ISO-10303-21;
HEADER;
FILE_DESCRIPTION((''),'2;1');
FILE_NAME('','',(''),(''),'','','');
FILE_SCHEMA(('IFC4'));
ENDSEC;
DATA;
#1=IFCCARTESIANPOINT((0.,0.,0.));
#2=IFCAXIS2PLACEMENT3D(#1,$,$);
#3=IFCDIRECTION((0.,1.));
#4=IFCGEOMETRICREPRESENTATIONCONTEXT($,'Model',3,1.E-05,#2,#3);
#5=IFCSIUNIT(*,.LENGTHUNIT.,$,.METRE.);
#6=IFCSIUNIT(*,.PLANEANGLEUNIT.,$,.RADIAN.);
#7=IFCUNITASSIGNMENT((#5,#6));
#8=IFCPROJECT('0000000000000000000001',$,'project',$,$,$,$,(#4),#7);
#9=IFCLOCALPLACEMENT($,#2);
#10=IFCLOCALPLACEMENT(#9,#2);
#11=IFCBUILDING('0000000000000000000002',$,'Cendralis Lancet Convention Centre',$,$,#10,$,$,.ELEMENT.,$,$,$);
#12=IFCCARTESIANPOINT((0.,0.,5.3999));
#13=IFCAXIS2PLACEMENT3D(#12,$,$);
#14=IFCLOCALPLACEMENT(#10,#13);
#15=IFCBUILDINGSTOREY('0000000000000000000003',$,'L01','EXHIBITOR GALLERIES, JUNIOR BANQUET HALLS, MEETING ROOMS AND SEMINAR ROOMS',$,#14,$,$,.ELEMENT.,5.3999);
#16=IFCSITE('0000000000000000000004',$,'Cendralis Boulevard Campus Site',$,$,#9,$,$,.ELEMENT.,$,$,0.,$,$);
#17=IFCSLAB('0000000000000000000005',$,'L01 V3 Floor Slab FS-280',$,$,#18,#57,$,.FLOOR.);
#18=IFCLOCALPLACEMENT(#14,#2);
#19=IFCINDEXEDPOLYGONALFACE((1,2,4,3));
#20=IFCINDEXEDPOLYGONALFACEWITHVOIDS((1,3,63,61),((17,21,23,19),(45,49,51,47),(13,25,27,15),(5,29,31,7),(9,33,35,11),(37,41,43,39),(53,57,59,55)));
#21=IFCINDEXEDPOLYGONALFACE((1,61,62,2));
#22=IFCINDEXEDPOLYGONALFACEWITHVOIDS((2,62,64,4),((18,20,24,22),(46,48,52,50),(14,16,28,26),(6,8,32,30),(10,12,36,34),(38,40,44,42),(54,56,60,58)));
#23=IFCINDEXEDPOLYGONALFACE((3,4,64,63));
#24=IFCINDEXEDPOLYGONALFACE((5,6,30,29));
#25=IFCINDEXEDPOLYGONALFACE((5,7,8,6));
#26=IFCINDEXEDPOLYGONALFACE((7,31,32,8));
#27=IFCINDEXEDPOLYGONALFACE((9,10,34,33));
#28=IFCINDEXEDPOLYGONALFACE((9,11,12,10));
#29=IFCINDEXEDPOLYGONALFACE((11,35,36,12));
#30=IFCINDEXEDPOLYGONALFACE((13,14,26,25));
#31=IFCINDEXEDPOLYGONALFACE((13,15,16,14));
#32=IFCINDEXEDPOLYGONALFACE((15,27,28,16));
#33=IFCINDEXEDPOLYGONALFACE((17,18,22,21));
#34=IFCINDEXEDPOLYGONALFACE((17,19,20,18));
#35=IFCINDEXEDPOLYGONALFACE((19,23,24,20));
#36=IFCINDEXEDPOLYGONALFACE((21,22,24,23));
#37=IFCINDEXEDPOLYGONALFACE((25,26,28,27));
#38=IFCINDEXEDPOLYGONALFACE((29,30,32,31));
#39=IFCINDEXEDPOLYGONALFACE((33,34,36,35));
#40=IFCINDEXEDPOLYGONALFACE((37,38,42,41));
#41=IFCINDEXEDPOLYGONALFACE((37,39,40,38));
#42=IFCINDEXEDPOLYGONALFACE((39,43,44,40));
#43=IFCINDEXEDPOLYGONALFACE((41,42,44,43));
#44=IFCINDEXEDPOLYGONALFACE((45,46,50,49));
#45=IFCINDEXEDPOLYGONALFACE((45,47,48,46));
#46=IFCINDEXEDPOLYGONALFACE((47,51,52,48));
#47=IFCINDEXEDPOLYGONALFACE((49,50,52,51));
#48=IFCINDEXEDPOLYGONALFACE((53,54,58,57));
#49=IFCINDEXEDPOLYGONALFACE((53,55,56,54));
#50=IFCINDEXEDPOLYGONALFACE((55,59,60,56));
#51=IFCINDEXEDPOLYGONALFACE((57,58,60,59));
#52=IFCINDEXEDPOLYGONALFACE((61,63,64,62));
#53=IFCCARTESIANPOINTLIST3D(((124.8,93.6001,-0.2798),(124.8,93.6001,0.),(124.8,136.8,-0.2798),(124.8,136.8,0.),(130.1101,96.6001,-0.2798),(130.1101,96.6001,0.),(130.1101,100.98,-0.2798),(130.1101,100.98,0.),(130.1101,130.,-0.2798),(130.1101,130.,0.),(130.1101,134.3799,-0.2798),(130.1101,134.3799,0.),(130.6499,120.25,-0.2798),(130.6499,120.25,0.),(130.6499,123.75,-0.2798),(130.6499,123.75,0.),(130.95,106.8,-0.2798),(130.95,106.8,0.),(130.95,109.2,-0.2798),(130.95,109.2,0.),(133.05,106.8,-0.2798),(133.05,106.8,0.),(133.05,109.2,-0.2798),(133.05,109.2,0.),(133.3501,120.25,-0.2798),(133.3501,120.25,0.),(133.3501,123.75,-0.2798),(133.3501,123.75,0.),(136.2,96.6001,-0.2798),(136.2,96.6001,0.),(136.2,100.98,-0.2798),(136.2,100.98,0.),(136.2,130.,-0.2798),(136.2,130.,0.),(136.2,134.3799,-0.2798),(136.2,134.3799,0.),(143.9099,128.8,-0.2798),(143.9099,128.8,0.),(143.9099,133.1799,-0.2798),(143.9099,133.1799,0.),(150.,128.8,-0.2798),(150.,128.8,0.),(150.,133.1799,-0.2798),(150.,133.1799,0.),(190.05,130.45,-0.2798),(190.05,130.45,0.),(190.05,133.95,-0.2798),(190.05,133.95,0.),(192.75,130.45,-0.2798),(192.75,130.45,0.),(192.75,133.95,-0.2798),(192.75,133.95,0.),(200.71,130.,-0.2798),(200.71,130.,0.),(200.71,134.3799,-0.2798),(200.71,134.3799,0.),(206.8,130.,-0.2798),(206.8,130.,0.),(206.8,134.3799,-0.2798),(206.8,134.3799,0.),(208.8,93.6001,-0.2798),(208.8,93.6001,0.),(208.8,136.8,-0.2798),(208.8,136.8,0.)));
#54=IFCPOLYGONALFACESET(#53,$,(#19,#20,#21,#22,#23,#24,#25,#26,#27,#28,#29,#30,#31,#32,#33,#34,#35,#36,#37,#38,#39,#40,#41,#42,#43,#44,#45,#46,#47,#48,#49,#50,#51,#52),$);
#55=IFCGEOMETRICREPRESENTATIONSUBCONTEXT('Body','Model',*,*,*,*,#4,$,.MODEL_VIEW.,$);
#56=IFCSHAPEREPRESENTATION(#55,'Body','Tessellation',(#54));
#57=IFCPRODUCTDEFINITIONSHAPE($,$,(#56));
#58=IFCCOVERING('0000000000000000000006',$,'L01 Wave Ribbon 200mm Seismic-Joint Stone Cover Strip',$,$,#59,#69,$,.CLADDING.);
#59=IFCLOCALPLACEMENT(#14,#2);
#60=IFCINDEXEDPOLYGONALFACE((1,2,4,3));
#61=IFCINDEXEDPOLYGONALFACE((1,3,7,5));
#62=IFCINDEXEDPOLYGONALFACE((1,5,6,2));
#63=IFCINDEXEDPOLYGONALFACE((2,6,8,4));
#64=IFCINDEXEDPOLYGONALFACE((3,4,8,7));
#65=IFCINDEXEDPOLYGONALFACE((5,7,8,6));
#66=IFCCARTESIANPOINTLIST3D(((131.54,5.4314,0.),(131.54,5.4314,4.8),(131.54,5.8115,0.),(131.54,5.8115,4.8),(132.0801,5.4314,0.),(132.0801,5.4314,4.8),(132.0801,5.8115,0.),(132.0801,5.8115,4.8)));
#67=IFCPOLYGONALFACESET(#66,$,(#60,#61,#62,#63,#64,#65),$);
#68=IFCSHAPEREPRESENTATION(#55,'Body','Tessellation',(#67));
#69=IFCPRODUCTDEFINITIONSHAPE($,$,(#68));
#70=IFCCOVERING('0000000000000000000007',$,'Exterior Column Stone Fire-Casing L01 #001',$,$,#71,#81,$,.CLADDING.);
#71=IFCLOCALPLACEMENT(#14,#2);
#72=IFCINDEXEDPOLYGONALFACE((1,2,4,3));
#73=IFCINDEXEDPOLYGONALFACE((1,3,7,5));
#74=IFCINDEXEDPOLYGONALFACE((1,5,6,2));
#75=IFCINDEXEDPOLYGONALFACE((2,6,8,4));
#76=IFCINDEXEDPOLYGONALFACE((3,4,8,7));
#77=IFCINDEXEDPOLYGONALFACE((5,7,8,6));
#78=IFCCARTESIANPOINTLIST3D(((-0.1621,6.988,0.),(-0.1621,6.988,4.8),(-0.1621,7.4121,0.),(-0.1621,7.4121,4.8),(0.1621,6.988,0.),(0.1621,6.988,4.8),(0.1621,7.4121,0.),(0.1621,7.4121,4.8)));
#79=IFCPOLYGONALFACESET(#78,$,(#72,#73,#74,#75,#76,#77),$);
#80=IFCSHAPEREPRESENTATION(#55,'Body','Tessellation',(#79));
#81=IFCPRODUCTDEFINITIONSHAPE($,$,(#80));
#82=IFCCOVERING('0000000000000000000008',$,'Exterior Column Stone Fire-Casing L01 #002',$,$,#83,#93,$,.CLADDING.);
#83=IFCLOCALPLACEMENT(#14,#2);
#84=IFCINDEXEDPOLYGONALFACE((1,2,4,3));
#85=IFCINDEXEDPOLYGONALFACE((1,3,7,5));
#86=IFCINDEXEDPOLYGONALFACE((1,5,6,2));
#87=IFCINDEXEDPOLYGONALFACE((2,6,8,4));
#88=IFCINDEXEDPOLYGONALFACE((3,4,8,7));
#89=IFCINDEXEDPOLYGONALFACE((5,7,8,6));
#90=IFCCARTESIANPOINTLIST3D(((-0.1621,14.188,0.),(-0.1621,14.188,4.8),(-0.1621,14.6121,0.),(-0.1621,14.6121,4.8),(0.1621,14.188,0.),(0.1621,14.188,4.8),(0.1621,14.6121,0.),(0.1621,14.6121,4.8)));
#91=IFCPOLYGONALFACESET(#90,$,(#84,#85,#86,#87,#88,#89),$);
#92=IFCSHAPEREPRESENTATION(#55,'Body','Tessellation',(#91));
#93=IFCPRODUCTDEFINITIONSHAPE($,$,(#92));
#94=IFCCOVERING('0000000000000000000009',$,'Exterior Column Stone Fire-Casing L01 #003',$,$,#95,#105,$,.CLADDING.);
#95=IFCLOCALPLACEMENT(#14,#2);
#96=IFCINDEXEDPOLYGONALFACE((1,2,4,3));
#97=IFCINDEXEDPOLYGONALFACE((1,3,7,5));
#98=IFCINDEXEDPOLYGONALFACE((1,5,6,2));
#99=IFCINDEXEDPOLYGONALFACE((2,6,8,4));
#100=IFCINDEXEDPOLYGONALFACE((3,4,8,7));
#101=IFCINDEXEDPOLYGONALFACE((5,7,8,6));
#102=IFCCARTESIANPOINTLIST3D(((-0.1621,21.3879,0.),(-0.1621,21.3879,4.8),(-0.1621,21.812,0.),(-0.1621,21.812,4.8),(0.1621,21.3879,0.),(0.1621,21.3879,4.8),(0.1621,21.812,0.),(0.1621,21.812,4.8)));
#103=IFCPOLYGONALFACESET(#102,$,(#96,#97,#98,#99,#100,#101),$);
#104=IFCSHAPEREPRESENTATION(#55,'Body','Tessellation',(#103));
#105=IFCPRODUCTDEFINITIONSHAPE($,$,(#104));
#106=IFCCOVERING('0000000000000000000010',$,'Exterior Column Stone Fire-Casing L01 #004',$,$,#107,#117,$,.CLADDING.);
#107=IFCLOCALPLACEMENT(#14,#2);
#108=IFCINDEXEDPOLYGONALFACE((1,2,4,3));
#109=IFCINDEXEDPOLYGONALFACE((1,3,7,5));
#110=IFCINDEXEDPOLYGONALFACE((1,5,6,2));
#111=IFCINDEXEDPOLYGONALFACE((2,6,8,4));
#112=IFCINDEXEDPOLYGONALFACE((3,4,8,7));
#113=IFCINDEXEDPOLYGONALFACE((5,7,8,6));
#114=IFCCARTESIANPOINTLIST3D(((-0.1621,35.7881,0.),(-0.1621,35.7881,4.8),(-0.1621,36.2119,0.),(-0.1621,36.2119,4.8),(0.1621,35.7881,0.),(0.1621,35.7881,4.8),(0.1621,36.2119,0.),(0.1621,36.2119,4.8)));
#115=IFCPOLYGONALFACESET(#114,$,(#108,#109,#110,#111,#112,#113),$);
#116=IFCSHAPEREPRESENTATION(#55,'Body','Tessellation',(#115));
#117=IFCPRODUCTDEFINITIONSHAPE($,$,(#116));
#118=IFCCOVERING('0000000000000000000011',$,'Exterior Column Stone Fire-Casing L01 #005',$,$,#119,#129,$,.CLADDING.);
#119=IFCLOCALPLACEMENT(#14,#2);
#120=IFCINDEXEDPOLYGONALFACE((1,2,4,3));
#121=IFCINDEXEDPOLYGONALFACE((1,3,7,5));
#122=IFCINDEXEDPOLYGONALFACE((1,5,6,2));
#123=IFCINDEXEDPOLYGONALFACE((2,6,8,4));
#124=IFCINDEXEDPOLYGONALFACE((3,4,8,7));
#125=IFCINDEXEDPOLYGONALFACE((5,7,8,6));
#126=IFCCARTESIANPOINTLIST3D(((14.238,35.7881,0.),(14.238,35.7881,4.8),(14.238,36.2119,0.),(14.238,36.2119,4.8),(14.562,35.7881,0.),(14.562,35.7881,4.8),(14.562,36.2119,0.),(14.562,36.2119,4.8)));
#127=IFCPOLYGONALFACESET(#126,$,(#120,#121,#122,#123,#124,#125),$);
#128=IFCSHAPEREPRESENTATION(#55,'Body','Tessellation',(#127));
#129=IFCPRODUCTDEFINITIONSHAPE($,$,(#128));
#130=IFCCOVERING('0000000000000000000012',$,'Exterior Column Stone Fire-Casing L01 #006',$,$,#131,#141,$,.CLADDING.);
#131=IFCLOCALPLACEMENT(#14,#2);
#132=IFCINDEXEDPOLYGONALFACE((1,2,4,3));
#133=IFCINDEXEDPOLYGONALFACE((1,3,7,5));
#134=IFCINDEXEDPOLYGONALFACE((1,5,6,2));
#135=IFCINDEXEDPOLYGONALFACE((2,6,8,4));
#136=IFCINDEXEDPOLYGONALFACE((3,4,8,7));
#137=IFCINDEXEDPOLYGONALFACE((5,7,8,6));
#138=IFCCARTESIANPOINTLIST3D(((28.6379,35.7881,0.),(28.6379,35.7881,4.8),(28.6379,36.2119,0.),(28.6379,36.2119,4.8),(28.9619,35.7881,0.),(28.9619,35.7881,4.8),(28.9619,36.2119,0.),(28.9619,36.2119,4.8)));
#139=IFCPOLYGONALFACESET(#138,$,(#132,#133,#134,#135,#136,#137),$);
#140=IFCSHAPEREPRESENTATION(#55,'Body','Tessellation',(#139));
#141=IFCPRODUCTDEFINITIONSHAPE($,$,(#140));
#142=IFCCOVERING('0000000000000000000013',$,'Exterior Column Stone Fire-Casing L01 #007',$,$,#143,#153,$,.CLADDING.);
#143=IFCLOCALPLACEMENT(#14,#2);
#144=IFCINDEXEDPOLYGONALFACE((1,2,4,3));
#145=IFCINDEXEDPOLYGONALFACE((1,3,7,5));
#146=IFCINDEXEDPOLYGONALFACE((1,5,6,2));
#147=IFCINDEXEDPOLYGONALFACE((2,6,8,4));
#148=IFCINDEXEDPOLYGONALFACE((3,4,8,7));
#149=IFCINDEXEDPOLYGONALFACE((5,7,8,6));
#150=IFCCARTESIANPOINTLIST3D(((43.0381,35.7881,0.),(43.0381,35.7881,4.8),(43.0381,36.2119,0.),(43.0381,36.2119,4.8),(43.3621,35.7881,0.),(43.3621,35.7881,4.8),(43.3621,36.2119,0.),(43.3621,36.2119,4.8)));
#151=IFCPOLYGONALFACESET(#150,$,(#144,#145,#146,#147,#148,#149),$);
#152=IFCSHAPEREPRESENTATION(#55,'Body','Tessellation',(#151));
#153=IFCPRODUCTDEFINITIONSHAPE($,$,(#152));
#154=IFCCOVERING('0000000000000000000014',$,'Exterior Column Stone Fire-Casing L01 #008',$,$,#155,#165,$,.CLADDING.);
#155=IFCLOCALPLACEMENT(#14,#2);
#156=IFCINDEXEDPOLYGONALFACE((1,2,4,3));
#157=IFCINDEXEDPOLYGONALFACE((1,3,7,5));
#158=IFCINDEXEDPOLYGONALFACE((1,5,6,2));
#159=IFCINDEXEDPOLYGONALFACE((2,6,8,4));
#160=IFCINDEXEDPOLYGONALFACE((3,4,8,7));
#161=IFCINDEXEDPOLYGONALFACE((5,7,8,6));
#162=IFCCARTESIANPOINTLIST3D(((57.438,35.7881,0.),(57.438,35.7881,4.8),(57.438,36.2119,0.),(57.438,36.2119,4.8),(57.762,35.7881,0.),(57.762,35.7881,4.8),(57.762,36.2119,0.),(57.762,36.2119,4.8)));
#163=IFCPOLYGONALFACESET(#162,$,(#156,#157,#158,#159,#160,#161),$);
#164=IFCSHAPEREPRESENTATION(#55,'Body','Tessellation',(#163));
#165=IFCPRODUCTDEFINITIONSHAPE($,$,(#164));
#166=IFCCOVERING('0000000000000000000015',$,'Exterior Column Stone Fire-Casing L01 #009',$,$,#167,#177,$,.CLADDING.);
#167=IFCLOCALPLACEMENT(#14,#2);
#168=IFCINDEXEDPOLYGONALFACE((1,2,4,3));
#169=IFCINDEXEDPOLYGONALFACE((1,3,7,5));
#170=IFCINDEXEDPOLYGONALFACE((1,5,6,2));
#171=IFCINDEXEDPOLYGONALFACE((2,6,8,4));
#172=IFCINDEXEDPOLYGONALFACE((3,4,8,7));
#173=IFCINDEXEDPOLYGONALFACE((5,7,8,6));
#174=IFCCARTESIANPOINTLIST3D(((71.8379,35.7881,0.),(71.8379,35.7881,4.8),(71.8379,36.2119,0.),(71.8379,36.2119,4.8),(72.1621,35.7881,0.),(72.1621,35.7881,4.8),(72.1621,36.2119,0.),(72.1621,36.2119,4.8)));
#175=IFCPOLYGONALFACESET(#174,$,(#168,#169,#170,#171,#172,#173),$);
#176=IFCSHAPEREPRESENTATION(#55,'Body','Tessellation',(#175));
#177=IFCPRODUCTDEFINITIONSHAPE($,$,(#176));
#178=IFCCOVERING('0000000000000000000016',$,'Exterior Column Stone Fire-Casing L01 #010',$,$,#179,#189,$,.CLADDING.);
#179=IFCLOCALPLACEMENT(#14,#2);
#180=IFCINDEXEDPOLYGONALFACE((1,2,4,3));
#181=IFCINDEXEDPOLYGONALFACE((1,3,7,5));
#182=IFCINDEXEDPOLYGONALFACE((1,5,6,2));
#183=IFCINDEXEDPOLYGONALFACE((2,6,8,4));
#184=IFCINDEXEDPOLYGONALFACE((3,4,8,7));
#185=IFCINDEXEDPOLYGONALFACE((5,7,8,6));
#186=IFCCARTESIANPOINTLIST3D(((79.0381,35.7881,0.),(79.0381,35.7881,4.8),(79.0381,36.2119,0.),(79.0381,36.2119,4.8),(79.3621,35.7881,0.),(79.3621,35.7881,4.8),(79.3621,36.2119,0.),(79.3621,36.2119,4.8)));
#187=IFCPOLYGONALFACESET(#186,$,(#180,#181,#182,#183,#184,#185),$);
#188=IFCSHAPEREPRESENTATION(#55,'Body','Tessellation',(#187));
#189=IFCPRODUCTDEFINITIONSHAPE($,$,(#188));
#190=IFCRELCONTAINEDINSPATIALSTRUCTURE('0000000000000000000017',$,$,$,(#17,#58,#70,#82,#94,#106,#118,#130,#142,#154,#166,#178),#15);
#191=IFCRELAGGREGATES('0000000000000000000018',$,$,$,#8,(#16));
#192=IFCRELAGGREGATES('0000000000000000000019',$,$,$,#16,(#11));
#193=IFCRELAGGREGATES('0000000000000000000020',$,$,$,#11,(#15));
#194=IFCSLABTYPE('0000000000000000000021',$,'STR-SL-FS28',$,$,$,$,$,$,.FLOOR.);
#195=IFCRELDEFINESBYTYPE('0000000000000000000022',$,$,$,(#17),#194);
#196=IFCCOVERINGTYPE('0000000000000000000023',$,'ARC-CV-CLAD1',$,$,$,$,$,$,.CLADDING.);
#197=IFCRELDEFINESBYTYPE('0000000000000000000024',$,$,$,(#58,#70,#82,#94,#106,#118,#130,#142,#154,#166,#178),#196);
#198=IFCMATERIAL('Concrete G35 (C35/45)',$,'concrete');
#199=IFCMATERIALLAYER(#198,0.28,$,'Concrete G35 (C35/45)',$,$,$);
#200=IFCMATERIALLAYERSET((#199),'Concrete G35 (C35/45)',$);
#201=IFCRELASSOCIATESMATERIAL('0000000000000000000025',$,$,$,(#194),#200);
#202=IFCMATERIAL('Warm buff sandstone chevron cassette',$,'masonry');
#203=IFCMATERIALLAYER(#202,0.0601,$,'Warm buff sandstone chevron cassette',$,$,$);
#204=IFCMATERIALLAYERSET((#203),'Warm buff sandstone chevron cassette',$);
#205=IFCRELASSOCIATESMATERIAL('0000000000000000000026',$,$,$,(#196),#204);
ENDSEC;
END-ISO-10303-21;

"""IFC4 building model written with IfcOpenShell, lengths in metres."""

from ifc_helpers import new_model, si_unit, direction, frame, origin, place, context, subcontext, project, spatial, polyline, outline, extrude, material, layer, layer_set, type_object, element, save


model = new_model("IFC4")

# Units and contexts
model_context = context("Model", 3, precision=1e-05, world=origin(), true_north=direction((0.0, 1.0)))
body_context = subcontext(model_context, "Body", "Model", "MODEL_VIEW")
ifc_project = project(units=[si_unit("LENGTHUNIT", "METRE"), si_unit("PLANEANGLEUNIT", "RADIAN")], contexts=[model_context])

# Site, building, storey
site_placement = place(None, origin())
site = spatial("IfcSite", under=ifc_project, at=site_placement, Name="Cendralis Boulevard Campus Site", CompositionType="ELEMENT", RefElevation=0.0)
building_placement = place(site_placement, origin())
building = spatial("IfcBuilding", under=site, at=building_placement, Name="Cendralis Lancet Convention Centre", CompositionType="ELEMENT")
storey_placement = place(building_placement, frame((0.0, 0.0, 5.3999)))
storey = spatial("IfcBuildingStorey", under=building, at=storey_placement, Name="L01", Description="EXHIBITOR GALLERIES, JUNIOR BANQUET HALLS, MEETING ROOMS AND SEMINAR ROOMS", CompositionType="ELEMENT", Elevation=5.3999)

# Slab
ifc_material_1 = material(Name="Concrete G35 (C35/45)", Category="concrete")
ifc_layer_1 = layer(ifc_material_1, 0.28, Name="Concrete G35 (C35/45)")
ifc_layer_set_1 = layer_set([ifc_layer_1], Name="Concrete G35 (C35/45)")
slab_type_1 = type_object("IfcSlabType", Name="STR-SL-FS28", PredefinedType="FLOOR", material=ifc_layer_set_1)
slab_1_placement = place(storey_placement, frame((0.0, 0.0, -0.2798)))
element("IfcSlab", 1, at=slab_1_placement, inside=storey, type_object=slab_type_1, Name="L01 V3 Floor Slab FS-280", PredefinedType="FLOOR", context=body_context, shape_type="SweptSolid", body=[
    extrude(outline(polyline([(124.8, 93.6001), (208.8, 93.6001), (208.8, 136.8), (124.8, 136.8), (124.8, 93.6001)]), holes=[polyline([(130.1101, 130.0), (136.2, 130.0), (136.2, 134.3799), (130.1101, 134.3799), (130.1101, 130.0)]), polyline([(200.71, 130.0), (206.8, 130.0), (206.8, 134.3799), (200.71, 134.3799), (200.71, 130.0)]), polyline([(130.1101, 96.6001), (136.2, 96.6001), (136.2, 100.98), (130.1101, 100.98), (130.1101, 96.6001)]), polyline([(143.9099, 128.8), (150.0, 128.8), (150.0, 133.1799), (143.9099, 133.1799), (143.9099, 128.8)]), polyline([(130.95, 106.8), (133.05, 106.8), (133.05, 109.2), (130.95, 109.2), (130.95, 106.8)]), polyline([(130.6499, 120.25), (133.3501, 120.25), (133.3501, 123.75), (130.6499, 123.75), (130.6499, 120.25)]), polyline([(190.05, 130.45), (192.75, 130.45), (192.75, 133.95), (190.05, 133.95), (190.05, 130.45)])]), origin(), (0.0, 0.0, 1.0), 0.2798),
])

# Coverings
ifc_material_2 = material(Name="Warm buff sandstone chevron cassette", Category="masonry")
ifc_layer_2 = layer(ifc_material_2, 0.0601, Name="Warm buff sandstone chevron cassette")
ifc_layer_set_2 = layer_set([ifc_layer_2], Name="Warm buff sandstone chevron cassette")
covering_type = type_object("IfcCoveringType", Name="ARC-CV-CLAD1", PredefinedType="CLADDING", material=ifc_layer_set_2)
covering_1_placement = place(storey_placement, origin())
element("IfcCovering", 2, at=covering_1_placement, inside=storey, type_object=covering_type, Name="L01 Wave Ribbon 200mm Seismic-Joint Stone Cover Strip", PredefinedType="CLADDING", context=body_context, shape_type="SweptSolid", body=[
    extrude(outline(polyline([(131.54, 5.4314), (132.0801, 5.4314), (132.0801, 5.8115), (131.54, 5.8115), (131.54, 5.4314)])), origin(), (0.0, 0.0, 1.0), 4.8),
])
covering_2_placement = place(storey_placement, origin())
element("IfcCovering", 3, at=covering_2_placement, inside=storey, type_object=covering_type, Name="Exterior Column Stone Fire-Casing L01 #001", PredefinedType="CLADDING", context=body_context, shape_type="SweptSolid", body=[
    extrude(outline(polyline([(-0.1621, 6.988), (0.1621, 6.988), (0.1621, 7.4121), (-0.1621, 7.4121), (-0.1621, 6.988)])), origin(), (0.0, 0.0, 1.0), 4.8),
])
covering_3_placement = place(storey_placement, origin())
element("IfcCovering", 4, at=covering_3_placement, inside=storey, type_object=covering_type, Name="Exterior Column Stone Fire-Casing L01 #002", PredefinedType="CLADDING", context=body_context, shape_type="SweptSolid", body=[
    extrude(outline(polyline([(-0.1621, 14.188), (0.1621, 14.188), (0.1621, 14.6121), (-0.1621, 14.6121), (-0.1621, 14.188)])), origin(), (0.0, 0.0, 1.0), 4.8),
])
covering_4_placement = place(storey_placement, origin())
element("IfcCovering", 5, at=covering_4_placement, inside=storey, type_object=covering_type, Name="Exterior Column Stone Fire-Casing L01 #003", PredefinedType="CLADDING", context=body_context, shape_type="SweptSolid", body=[
    extrude(outline(polyline([(-0.1621, 21.3879), (0.1621, 21.3879), (0.1621, 21.812), (-0.1621, 21.812), (-0.1621, 21.3879)])), origin(), (0.0, 0.0, 1.0), 4.8),
])
covering_5_placement = place(storey_placement, origin())
element("IfcCovering", 6, at=covering_5_placement, inside=storey, type_object=covering_type, Name="Exterior Column Stone Fire-Casing L01 #004", PredefinedType="CLADDING", context=body_context, shape_type="SweptSolid", body=[
    extrude(outline(polyline([(-0.1621, 35.7881), (0.1621, 35.7881), (0.1621, 36.2119), (-0.1621, 36.2119), (-0.1621, 35.7881)])), origin(), (0.0, 0.0, 1.0), 4.8),
])
covering_6_placement = place(storey_placement, origin())
element("IfcCovering", 7, at=covering_6_placement, inside=storey, type_object=covering_type, Name="Exterior Column Stone Fire-Casing L01 #005", PredefinedType="CLADDING", context=body_context, shape_type="SweptSolid", body=[
    extrude(outline(polyline([(14.238, 35.7881), (14.562, 35.7881), (14.562, 36.2119), (14.238, 36.2119), (14.238, 35.7881)])), origin(), (0.0, 0.0, 1.0), 4.8),
])
covering_7_placement = place(storey_placement, origin())
element("IfcCovering", 8, at=covering_7_placement, inside=storey, type_object=covering_type, Name="Exterior Column Stone Fire-Casing L01 #006", PredefinedType="CLADDING", context=body_context, shape_type="SweptSolid", body=[
    extrude(outline(polyline([(28.6379, 35.7881), (28.9619, 35.7881), (28.9619, 36.2119), (28.6379, 36.2119), (28.6379, 35.7881)])), origin(), (0.0, 0.0, 1.0), 4.8),
])
covering_8_placement = place(storey_placement, origin())
element("IfcCovering", 9, at=covering_8_placement, inside=storey, type_object=covering_type, Name="Exterior Column Stone Fire-Casing L01 #007", PredefinedType="CLADDING", context=body_context, shape_type="SweptSolid", body=[
    extrude(outline(polyline([(43.0381, 35.7881), (43.3621, 35.7881), (43.3621, 36.2119), (43.0381, 36.2119), (43.0381, 35.7881)])), origin(), (0.0, 0.0, 1.0), 4.8),
])
covering_9_placement = place(storey_placement, origin())
element("IfcCovering", 10, at=covering_9_placement, inside=storey, type_object=covering_type, Name="Exterior Column Stone Fire-Casing L01 #008", PredefinedType="CLADDING", context=body_context, shape_type="SweptSolid", body=[
    extrude(outline(polyline([(57.438, 35.7881), (57.762, 35.7881), (57.762, 36.2119), (57.438, 36.2119), (57.438, 35.7881)])), origin(), (0.0, 0.0, 1.0), 4.8),
])
covering_10_placement = place(storey_placement, origin())
element("IfcCovering", 11, at=covering_10_placement, inside=storey, type_object=covering_type, Name="Exterior Column Stone Fire-Casing L01 #009", PredefinedType="CLADDING", context=body_context, shape_type="SweptSolid", body=[
    extrude(outline(polyline([(71.8379, 35.7881), (72.1621, 35.7881), (72.1621, 36.2119), (71.8379, 36.2119), (71.8379, 35.7881)])), origin(), (0.0, 0.0, 1.0), 4.8),
])
covering_11_placement = place(storey_placement, origin())
element("IfcCovering", 12, at=covering_11_placement, inside=storey, type_object=covering_type, Name="Exterior Column Stone Fire-Casing L01 #010", PredefinedType="CLADDING", context=body_context, shape_type="SweptSolid", body=[
    extrude(outline(polyline([(79.0381, 35.7881), (79.3621, 35.7881), (79.3621, 36.2119), (79.0381, 36.2119), (79.0381, 35.7881)])), origin(), (0.0, 0.0, 1.0), 4.8),
])

save(model, "model.ifc")
